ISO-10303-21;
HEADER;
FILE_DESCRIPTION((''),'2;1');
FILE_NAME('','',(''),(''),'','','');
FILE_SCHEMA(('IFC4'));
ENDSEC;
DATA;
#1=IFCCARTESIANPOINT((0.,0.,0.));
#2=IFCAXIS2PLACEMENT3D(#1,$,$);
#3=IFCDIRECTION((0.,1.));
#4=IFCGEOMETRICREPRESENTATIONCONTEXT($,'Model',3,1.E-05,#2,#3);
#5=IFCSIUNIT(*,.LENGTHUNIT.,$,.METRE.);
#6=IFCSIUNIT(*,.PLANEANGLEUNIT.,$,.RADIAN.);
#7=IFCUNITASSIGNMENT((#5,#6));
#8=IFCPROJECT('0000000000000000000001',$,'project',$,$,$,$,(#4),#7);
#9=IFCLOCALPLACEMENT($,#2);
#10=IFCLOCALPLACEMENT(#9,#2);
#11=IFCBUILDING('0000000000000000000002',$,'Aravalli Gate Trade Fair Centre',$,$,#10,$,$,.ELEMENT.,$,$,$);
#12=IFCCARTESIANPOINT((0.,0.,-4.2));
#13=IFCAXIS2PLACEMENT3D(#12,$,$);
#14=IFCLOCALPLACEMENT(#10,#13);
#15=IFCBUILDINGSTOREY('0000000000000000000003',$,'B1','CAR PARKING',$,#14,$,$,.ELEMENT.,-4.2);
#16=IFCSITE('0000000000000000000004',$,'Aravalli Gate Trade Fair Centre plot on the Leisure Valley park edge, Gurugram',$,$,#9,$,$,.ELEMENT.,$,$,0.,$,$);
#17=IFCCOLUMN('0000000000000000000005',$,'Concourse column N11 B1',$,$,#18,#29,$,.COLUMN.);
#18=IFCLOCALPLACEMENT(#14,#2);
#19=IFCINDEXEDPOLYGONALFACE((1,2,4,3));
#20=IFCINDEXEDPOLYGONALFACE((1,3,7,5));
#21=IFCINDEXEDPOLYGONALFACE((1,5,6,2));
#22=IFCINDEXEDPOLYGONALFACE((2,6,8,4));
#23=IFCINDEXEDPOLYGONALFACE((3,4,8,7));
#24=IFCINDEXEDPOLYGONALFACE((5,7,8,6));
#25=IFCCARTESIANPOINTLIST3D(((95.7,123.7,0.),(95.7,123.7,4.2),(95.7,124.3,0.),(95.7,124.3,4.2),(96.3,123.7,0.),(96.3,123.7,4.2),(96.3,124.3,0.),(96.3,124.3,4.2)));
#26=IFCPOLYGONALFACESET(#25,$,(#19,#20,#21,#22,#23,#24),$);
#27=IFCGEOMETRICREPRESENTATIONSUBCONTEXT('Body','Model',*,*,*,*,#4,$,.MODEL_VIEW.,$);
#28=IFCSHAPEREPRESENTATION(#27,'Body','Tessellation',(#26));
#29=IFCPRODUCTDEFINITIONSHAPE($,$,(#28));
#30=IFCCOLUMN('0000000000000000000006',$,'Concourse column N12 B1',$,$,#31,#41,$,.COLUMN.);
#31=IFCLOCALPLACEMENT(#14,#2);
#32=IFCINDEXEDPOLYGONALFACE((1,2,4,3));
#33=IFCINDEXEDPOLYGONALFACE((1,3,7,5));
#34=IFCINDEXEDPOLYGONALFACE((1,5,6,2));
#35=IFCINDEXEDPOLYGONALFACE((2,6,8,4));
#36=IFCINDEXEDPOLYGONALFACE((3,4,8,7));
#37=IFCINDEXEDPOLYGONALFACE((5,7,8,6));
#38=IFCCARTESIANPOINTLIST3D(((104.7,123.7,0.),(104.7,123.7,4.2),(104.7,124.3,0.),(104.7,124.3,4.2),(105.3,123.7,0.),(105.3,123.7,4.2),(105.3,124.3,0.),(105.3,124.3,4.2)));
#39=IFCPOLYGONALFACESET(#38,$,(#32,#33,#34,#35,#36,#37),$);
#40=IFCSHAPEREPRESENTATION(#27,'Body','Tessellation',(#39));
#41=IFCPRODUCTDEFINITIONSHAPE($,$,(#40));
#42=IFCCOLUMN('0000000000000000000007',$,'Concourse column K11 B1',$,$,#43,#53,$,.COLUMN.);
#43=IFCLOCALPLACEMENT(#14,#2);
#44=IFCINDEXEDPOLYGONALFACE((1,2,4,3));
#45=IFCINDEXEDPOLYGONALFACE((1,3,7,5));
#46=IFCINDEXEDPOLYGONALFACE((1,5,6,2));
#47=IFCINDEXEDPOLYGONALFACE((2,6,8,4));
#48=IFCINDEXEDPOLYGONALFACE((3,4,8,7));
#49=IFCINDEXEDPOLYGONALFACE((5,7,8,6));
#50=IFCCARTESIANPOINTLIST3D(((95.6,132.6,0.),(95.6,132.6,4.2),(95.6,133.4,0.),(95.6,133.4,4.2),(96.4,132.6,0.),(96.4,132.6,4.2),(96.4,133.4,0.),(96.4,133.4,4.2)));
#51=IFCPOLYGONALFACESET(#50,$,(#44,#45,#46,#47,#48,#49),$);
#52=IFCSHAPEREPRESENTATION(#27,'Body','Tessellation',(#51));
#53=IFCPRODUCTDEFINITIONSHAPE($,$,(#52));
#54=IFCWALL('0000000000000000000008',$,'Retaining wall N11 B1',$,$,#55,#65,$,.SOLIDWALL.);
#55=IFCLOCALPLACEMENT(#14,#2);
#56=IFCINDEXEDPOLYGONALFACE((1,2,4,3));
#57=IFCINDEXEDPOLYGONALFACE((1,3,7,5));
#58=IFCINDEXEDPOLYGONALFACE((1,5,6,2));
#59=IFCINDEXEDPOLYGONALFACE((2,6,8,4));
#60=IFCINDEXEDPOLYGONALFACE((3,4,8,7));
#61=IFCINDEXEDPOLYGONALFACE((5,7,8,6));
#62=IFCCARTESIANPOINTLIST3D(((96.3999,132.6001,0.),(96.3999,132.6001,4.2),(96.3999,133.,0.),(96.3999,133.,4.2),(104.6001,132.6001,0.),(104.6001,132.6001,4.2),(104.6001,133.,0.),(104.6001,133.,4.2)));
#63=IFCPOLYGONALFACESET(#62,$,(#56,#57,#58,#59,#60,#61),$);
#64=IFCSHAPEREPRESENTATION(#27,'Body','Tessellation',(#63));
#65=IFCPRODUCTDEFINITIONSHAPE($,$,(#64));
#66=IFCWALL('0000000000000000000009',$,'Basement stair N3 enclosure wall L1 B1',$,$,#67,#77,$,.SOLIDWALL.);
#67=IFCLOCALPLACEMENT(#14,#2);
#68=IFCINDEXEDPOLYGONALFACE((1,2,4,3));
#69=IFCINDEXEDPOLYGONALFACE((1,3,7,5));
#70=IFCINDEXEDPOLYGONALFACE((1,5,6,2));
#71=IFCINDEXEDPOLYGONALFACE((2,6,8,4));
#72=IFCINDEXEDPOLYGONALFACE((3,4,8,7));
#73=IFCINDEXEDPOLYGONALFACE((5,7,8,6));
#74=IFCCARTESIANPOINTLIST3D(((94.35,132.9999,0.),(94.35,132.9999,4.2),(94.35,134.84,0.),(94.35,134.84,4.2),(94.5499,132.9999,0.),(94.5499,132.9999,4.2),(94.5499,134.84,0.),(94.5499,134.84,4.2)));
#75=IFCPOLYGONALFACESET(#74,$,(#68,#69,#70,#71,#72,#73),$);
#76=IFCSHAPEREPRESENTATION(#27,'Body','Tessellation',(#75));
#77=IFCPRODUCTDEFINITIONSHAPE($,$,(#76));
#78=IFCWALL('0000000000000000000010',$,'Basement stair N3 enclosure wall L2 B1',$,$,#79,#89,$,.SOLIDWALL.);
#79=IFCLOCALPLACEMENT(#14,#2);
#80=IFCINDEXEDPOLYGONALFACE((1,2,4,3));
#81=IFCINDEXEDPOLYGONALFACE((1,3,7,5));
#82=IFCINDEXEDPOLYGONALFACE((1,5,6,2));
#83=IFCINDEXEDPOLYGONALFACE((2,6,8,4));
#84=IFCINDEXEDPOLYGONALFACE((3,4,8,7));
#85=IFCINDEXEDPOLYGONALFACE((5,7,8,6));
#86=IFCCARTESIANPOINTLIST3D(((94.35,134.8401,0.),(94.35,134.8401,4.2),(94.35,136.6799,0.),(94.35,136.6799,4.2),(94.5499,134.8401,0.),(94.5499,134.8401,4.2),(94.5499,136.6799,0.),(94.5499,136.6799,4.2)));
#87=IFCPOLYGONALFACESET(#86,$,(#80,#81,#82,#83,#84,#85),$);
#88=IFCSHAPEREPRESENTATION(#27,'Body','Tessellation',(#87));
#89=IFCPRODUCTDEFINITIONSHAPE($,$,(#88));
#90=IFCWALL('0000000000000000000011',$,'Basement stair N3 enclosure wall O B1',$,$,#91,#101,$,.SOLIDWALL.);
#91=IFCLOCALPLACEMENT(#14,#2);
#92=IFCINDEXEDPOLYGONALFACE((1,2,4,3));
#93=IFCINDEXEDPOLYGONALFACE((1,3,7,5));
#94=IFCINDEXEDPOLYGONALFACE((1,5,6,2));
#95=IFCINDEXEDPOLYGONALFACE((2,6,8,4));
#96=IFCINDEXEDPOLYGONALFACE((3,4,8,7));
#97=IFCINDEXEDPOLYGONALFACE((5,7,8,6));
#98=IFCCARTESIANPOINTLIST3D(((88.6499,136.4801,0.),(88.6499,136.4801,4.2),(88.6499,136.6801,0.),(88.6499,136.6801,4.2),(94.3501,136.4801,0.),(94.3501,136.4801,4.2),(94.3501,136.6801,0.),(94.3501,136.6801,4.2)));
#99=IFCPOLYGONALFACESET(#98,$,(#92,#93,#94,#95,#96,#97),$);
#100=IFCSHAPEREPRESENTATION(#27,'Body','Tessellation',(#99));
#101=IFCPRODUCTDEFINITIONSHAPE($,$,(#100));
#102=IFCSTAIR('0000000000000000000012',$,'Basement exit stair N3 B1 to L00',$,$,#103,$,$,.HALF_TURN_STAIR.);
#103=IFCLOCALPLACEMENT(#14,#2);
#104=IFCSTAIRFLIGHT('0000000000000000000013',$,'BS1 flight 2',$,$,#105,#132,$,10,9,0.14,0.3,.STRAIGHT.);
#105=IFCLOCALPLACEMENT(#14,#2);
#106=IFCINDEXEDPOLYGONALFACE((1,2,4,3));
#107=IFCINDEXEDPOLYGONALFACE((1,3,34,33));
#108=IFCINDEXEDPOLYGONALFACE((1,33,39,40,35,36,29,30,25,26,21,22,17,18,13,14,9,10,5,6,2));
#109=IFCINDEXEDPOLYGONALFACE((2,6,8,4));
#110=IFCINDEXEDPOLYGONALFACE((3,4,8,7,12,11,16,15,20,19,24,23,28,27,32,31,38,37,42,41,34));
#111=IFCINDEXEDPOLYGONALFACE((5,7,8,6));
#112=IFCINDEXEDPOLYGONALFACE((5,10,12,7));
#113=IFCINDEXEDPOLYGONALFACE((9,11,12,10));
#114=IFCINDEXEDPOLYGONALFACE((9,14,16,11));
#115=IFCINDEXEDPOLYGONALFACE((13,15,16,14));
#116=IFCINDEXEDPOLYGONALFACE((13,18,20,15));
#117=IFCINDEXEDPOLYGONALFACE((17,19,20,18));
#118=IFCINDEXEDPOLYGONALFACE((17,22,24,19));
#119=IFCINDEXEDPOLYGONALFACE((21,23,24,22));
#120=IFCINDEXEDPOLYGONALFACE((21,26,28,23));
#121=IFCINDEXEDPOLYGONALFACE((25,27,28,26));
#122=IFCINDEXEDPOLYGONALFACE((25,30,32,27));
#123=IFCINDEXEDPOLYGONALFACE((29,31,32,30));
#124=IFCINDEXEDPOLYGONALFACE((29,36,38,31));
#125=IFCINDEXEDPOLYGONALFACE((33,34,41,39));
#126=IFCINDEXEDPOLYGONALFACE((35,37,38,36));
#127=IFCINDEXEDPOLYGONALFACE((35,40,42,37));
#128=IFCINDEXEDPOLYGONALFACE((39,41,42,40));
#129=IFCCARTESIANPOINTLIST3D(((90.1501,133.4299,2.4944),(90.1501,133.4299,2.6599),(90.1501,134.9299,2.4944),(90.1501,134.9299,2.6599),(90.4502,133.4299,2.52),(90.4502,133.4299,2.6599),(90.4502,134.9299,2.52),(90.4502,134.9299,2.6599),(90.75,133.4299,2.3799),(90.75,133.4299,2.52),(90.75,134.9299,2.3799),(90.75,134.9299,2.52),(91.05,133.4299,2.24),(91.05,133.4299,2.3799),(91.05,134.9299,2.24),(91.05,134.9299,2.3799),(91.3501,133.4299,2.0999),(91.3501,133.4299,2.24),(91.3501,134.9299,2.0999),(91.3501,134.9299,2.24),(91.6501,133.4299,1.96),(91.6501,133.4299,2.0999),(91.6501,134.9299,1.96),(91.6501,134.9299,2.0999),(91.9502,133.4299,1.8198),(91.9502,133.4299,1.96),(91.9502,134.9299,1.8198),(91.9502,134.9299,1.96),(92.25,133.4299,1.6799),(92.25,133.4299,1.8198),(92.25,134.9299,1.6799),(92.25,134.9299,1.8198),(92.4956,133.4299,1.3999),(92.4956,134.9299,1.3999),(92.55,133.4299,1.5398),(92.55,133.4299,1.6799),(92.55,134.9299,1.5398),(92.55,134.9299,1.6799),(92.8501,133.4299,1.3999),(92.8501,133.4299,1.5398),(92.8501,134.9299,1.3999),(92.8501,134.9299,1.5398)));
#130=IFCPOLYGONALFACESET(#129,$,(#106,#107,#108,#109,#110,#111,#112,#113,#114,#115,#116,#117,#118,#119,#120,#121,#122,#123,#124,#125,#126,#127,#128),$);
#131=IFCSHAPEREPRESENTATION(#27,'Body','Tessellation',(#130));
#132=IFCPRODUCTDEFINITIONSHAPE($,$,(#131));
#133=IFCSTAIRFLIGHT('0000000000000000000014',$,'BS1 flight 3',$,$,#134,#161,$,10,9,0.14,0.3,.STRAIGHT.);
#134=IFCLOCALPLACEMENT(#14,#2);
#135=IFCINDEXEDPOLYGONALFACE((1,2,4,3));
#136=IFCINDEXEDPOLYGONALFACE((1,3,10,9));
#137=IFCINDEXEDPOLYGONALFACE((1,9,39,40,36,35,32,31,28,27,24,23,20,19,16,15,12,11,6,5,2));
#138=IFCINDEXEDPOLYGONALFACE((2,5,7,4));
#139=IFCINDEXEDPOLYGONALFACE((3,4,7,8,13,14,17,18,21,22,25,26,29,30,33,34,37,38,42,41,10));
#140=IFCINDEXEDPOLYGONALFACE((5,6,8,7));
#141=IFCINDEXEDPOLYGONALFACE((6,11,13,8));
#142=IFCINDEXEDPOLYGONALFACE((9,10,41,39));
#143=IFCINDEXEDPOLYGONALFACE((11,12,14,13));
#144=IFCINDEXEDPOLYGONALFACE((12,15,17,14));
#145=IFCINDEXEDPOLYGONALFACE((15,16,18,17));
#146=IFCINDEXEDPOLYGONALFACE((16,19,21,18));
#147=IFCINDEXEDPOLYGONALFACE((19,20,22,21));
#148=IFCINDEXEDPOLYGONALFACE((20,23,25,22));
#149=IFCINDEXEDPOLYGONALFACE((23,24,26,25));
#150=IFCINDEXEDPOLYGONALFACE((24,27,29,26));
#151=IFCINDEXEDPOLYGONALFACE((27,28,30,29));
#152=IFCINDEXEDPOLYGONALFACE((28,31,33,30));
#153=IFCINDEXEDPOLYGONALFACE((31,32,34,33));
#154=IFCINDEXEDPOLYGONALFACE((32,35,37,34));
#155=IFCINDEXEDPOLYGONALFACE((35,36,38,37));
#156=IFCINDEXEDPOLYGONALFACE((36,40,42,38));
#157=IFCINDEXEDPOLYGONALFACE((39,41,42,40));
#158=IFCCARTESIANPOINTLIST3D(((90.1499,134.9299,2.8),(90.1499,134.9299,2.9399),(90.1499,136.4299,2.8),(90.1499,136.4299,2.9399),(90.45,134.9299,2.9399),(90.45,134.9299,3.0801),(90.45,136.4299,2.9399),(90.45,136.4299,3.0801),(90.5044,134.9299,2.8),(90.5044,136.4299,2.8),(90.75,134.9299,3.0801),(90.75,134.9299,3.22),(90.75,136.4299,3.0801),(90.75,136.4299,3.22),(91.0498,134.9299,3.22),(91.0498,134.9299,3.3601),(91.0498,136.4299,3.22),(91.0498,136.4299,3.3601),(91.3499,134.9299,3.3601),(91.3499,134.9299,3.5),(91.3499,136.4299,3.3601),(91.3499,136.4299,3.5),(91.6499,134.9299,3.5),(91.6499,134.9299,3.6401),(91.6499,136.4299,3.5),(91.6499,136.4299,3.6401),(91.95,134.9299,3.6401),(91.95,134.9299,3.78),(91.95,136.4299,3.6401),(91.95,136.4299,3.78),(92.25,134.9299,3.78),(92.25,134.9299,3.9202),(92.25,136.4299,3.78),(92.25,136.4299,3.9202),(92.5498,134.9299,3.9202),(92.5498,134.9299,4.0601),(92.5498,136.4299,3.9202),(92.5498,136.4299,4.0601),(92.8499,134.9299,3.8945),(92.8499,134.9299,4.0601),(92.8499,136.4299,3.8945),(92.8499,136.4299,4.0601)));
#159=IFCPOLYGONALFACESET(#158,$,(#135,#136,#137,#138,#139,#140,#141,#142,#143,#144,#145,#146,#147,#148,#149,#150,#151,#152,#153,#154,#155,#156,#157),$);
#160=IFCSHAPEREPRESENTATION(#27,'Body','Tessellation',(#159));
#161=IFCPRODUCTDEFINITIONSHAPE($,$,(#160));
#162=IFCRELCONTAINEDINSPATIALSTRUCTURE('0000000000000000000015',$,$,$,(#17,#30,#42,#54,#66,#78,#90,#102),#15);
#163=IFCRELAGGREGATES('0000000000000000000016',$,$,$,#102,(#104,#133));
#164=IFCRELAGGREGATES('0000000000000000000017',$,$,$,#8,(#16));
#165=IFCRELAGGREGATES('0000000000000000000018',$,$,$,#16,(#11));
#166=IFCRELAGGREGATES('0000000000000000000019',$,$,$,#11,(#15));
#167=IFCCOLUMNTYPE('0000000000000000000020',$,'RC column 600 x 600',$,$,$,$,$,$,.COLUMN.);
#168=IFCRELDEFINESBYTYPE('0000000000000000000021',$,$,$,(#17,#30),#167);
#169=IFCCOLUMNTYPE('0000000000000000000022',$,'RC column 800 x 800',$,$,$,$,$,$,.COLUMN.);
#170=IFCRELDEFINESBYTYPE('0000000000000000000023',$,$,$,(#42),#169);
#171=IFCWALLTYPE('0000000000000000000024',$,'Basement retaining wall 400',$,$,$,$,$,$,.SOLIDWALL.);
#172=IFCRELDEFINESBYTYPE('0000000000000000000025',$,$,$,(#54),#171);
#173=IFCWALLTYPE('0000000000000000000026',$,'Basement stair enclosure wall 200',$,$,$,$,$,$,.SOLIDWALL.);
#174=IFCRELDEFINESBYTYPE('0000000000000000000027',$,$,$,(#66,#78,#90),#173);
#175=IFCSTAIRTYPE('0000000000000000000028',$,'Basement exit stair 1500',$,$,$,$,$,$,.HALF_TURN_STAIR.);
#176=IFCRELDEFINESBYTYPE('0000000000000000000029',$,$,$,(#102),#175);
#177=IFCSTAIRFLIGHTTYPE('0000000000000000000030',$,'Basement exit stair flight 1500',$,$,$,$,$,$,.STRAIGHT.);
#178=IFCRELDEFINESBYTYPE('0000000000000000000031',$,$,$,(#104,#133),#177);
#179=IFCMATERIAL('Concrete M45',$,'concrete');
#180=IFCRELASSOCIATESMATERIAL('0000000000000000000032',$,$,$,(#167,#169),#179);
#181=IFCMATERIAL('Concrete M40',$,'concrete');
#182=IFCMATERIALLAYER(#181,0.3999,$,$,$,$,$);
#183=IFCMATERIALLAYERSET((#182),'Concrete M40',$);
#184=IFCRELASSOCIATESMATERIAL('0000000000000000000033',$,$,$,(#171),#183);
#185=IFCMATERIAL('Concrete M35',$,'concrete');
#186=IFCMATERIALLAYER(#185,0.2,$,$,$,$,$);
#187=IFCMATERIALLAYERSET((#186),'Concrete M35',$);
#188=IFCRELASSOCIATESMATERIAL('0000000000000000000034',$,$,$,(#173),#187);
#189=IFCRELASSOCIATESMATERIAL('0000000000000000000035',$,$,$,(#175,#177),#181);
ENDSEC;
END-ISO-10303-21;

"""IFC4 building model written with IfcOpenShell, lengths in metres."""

from ifc_helpers import new_model, si_unit, direction, frame, frame_2d, origin, origin_2d, place, context, subcontext, project, spatial, polyline, rectangle, outline, extrude, material, layer, layer_set, material_profile, profile_set, type_object, element, aggregate, save


model = new_model("IFC4")

# Units and contexts
model_context = context("Model", 3, precision=1e-05, world=origin(), true_north=direction((0.0, 1.0)))
body_context = subcontext(model_context, "Body", "Model", "MODEL_VIEW")
ifc_project = project(units=[si_unit("LENGTHUNIT", "METRE"), si_unit("PLANEANGLEUNIT", "RADIAN")], contexts=[model_context])

# Site, building, storey
site_placement = place(None, origin())
site = spatial("IfcSite", under=ifc_project, at=site_placement, Name="Aravalli Gate Trade Fair Centre plot on the Leisure Valley park edge, Gurugram", CompositionType="ELEMENT", RefElevation=0.0)
building_placement = place(site_placement, origin())
building = spatial("IfcBuilding", under=site, at=building_placement, Name="Aravalli Gate Trade Fair Centre", CompositionType="ELEMENT")
storey_placement = place(building_placement, frame((0.0, 0.0, -4.2)))
storey = spatial("IfcBuildingStorey", under=building, at=storey_placement, Name="B1", Description="CAR PARKING", CompositionType="ELEMENT", Elevation=-4.2)

# Shared definitions
ifc_material_1 = material(Name="Concrete M35", Category="concrete")

# Columns
ifc_material_2 = material(Name="Concrete M45", Category="concrete")
ifc_material_profile_1 = material_profile(ifc_material_2, rectangle(XDim=0.6001, YDim=0.6001, at=origin_2d()), Name="RC column 600 x 600")
ifc_profile_set_1 = profile_set([ifc_material_profile_1], Name="Concrete M45")
column_type_1 = type_object("IfcColumnType", Name="RC column 600 x 600", PredefinedType="COLUMN", material=ifc_profile_set_1)
for number, where, z_axis, x_axis, name in (
    (1, (96.0, 124.0, 0.0), (0.0, 0.0, 1.0), (1.0, 0.0, 0.0), "Concourse column N11 B1"),
    (2, (105.0, 124.0, 0.0), (0.0, 0.0, 1.0), (1.0, 0.0, 0.0), "Concourse column N12 B1"),
):
    element("IfcColumn", number, at=place(storey_placement, frame(where, z_axis=z_axis, x_axis=x_axis)), inside=storey, type_object=column_type_1, Name=name, PredefinedType="COLUMN", context=body_context, shape_type="SweptSolid", body=[
        extrude(rectangle(XDim=0.6001, YDim=0.6001, at=origin_2d()), origin(), (0.0, 0.0, 1.0), 4.2),
    ])
ifc_material_profile_2 = material_profile(ifc_material_2, rectangle(XDim=0.8, YDim=0.8, at=origin_2d()), Name="RC column 800 x 800")
ifc_profile_set_2 = profile_set([ifc_material_profile_2], Name="Concrete M45")
column_type_2 = type_object("IfcColumnType", Name="RC column 800 x 800", PredefinedType="COLUMN", material=ifc_profile_set_2)
column_placement = place(storey_placement, frame((96.0, 133.0, 0.0), z_axis=(0.0, 0.0, 1.0), x_axis=(1.0, 0.0, 0.0)))
element("IfcColumn", 3, at=column_placement, inside=storey, type_object=column_type_2, Name="Concourse column K11 B1", PredefinedType="COLUMN", context=body_context, shape_type="SweptSolid", body=[
    extrude(rectangle(XDim=0.8, YDim=0.8, at=origin_2d()), origin(), (0.0, 0.0, 1.0), 4.2),
])

# Walls
ifc_material_3 = material(Name="Concrete M40", Category="concrete")
ifc_layer_1 = layer(ifc_material_3, 0.3999)
ifc_layer_set_1 = layer_set([ifc_layer_1], Name="Concrete M40")
wall_type_1 = type_object("IfcWallType", Name="Basement retaining wall 400", PredefinedType="SOLIDWALL", material=ifc_layer_set_1)
wall_1_placement = place(storey_placement, frame((96.3999, 132.8, 0.0), z_axis=(0.0, 0.0, 1.0), x_axis=(1.0, 0.0, 0.0)))
element("IfcWall", 4, at=wall_1_placement, inside=storey, type_object=wall_type_1, Name="Retaining wall N11 B1", PredefinedType="SOLIDWALL", context=body_context, shape_type="SweptSolid", body=[
    extrude(rectangle(XDim=8.2002, YDim=0.3999, at=frame_2d((4.1001, 0.0))), origin(), (0.0, 0.0, 1.0), 4.2),
])
ifc_layer_2 = layer(ifc_material_1, 0.2)
ifc_layer_set_2 = layer_set([ifc_layer_2], Name="Concrete M35")
wall_type_2 = type_object("IfcWallType", Name="Basement stair enclosure wall 200", PredefinedType="SOLIDWALL", material=ifc_layer_set_2)
wall_2_placement = place(storey_placement, frame((94.45, 133.0, 0.0), z_axis=(0.0, 0.0, 1.0), x_axis=(0.0, 1.0, 0.0)))
element("IfcWall", 5, at=wall_2_placement, inside=storey, type_object=wall_type_2, Name="Basement stair N3 enclosure wall L1 B1", PredefinedType="SOLIDWALL", context=body_context, shape_type="SweptSolid", body=[
    extrude(rectangle(XDim=1.8401, YDim=0.2, at=frame_2d((0.9199, 0.0))), origin(), (0.0, 0.0, 1.0), 4.2),
])
wall_3_placement = place(storey_placement, frame((94.45, 134.8401, 0.0), z_axis=(0.0, 0.0, 1.0), x_axis=(0.0, 1.0, 0.0)))
element("IfcWall", 6, at=wall_3_placement, inside=storey, type_object=wall_type_2, Name="Basement stair N3 enclosure wall L2 B1", PredefinedType="SOLIDWALL", context=body_context, shape_type="SweptSolid", body=[
    extrude(rectangle(XDim=1.8398, YDim=0.2, at=frame_2d((0.9199, 0.0))), origin(), (0.0, 0.0, 1.0), 4.2),
])
wall_4_placement = place(storey_placement, frame((94.3501, 136.5801, 0.0), z_axis=(0.0, 0.0, 1.0), x_axis=(-1.0, 0.0, 0.0)))
element("IfcWall", 7, at=wall_4_placement, inside=storey, type_object=wall_type_2, Name="Basement stair N3 enclosure wall O B1", PredefinedType="SOLIDWALL", context=body_context, shape_type="SweptSolid", body=[
    extrude(rectangle(XDim=5.7002, YDim=0.2, at=frame_2d((2.8501, 0.0))), origin(), (0.0, 0.0, 1.0), 4.2),
])

# Stair, stair flights
stair_type = type_object("IfcStairType", Name="Basement exit stair 1500", PredefinedType="HALF_TURN_STAIR", material=ifc_material_3)
stair_placement = place(storey_placement, origin())
stair = element("IfcStair", 8, at=stair_placement, inside=storey, type_object=stair_type, Name="Basement exit stair N3 B1 to L00", PredefinedType="HALF_TURN_STAIR")
stair_flight_type = type_object("IfcStairFlightType", Name="Basement exit stair flight 1500", PredefinedType="STRAIGHT", material=ifc_material_3)
stair_flight_1_placement = place(storey_placement, frame((92.8501, 134.1799, 1.3999), z_axis=(0.0, 0.0, 1.0), x_axis=(-1.0, 0.0, 0.0)))
stair_flight_1 = element("IfcStairFlight", 9, at=stair_flight_1_placement, type_object=stair_flight_type, Name="BS1 flight 2", NumberOfRisers=10, NumberOfTreads=9, PredefinedType="STRAIGHT", RiserHeight=0.14, TreadLength=0.3, context=body_context, shape_type="SweptSolid", body=[
    extrude(outline(polyline([(0.0, 0.0), (0.0, 0.1399), (0.3, 0.1399), (0.3, 0.28), (0.6001, 0.28), (0.6001, 0.4199), (0.8999, 0.4199), (0.8999, 0.5601), (1.2, 0.5601), (1.2, 0.7), (1.5, 0.7), (1.5, 0.8401), (1.8, 0.8401), (1.8, 0.98), (2.1001, 0.98), (2.1001, 1.1201), (2.3999, 1.1201), (2.3999, 1.26), (2.7, 1.26), (2.7, 1.3999), (2.7, 1.0945), (0.3545, 0.0), (0.0, 0.0)])), frame((0.0, 0.75, 0.0), z_axis=(0.0, -1.0, 0.0), x_axis=(1.0, 0.0, 0.0)), (0.0, 0.0, 1.0), 1.5),
])
stair_flight_2_placement = place(storey_placement, frame((90.1499, 135.6799, 2.8), z_axis=(0.0, 0.0, 1.0), x_axis=(1.0, 0.0, 0.0)))
stair_flight_2 = element("IfcStairFlight", 10, at=stair_flight_2_placement, type_object=stair_flight_type, Name="BS1 flight 3", NumberOfRisers=10, NumberOfTreads=9, PredefinedType="STRAIGHT", RiserHeight=0.14, TreadLength=0.3, context=body_context, shape_type="SweptSolid", body=[
    extrude(outline(polyline([(0.0, 0.0), (0.0, 0.1399), (0.3, 0.1399), (0.3, 0.28), (0.6001, 0.28), (0.6001, 0.4199), (0.8999, 0.4199), (0.8999, 0.5601), (1.2, 0.5601), (1.2, 0.7), (1.5, 0.7), (1.5, 0.8401), (1.8, 0.8401), (1.8, 0.98), (2.1001, 0.98), (2.1001, 1.1201), (2.3999, 1.1201), (2.3999, 1.26), (2.7, 1.26), (2.7, 1.3999), (2.7, 1.0945), (0.3545, 0.0), (0.0, 0.0)])), frame((0.0, 0.75, 0.0), z_axis=(0.0, -1.0, 0.0), x_axis=(1.0, 0.0, 0.0)), (0.0, 0.0, 1.0), 1.5),
])
aggregate(stair, [stair_flight_1, stair_flight_2])

save(model, "model.ifc")
